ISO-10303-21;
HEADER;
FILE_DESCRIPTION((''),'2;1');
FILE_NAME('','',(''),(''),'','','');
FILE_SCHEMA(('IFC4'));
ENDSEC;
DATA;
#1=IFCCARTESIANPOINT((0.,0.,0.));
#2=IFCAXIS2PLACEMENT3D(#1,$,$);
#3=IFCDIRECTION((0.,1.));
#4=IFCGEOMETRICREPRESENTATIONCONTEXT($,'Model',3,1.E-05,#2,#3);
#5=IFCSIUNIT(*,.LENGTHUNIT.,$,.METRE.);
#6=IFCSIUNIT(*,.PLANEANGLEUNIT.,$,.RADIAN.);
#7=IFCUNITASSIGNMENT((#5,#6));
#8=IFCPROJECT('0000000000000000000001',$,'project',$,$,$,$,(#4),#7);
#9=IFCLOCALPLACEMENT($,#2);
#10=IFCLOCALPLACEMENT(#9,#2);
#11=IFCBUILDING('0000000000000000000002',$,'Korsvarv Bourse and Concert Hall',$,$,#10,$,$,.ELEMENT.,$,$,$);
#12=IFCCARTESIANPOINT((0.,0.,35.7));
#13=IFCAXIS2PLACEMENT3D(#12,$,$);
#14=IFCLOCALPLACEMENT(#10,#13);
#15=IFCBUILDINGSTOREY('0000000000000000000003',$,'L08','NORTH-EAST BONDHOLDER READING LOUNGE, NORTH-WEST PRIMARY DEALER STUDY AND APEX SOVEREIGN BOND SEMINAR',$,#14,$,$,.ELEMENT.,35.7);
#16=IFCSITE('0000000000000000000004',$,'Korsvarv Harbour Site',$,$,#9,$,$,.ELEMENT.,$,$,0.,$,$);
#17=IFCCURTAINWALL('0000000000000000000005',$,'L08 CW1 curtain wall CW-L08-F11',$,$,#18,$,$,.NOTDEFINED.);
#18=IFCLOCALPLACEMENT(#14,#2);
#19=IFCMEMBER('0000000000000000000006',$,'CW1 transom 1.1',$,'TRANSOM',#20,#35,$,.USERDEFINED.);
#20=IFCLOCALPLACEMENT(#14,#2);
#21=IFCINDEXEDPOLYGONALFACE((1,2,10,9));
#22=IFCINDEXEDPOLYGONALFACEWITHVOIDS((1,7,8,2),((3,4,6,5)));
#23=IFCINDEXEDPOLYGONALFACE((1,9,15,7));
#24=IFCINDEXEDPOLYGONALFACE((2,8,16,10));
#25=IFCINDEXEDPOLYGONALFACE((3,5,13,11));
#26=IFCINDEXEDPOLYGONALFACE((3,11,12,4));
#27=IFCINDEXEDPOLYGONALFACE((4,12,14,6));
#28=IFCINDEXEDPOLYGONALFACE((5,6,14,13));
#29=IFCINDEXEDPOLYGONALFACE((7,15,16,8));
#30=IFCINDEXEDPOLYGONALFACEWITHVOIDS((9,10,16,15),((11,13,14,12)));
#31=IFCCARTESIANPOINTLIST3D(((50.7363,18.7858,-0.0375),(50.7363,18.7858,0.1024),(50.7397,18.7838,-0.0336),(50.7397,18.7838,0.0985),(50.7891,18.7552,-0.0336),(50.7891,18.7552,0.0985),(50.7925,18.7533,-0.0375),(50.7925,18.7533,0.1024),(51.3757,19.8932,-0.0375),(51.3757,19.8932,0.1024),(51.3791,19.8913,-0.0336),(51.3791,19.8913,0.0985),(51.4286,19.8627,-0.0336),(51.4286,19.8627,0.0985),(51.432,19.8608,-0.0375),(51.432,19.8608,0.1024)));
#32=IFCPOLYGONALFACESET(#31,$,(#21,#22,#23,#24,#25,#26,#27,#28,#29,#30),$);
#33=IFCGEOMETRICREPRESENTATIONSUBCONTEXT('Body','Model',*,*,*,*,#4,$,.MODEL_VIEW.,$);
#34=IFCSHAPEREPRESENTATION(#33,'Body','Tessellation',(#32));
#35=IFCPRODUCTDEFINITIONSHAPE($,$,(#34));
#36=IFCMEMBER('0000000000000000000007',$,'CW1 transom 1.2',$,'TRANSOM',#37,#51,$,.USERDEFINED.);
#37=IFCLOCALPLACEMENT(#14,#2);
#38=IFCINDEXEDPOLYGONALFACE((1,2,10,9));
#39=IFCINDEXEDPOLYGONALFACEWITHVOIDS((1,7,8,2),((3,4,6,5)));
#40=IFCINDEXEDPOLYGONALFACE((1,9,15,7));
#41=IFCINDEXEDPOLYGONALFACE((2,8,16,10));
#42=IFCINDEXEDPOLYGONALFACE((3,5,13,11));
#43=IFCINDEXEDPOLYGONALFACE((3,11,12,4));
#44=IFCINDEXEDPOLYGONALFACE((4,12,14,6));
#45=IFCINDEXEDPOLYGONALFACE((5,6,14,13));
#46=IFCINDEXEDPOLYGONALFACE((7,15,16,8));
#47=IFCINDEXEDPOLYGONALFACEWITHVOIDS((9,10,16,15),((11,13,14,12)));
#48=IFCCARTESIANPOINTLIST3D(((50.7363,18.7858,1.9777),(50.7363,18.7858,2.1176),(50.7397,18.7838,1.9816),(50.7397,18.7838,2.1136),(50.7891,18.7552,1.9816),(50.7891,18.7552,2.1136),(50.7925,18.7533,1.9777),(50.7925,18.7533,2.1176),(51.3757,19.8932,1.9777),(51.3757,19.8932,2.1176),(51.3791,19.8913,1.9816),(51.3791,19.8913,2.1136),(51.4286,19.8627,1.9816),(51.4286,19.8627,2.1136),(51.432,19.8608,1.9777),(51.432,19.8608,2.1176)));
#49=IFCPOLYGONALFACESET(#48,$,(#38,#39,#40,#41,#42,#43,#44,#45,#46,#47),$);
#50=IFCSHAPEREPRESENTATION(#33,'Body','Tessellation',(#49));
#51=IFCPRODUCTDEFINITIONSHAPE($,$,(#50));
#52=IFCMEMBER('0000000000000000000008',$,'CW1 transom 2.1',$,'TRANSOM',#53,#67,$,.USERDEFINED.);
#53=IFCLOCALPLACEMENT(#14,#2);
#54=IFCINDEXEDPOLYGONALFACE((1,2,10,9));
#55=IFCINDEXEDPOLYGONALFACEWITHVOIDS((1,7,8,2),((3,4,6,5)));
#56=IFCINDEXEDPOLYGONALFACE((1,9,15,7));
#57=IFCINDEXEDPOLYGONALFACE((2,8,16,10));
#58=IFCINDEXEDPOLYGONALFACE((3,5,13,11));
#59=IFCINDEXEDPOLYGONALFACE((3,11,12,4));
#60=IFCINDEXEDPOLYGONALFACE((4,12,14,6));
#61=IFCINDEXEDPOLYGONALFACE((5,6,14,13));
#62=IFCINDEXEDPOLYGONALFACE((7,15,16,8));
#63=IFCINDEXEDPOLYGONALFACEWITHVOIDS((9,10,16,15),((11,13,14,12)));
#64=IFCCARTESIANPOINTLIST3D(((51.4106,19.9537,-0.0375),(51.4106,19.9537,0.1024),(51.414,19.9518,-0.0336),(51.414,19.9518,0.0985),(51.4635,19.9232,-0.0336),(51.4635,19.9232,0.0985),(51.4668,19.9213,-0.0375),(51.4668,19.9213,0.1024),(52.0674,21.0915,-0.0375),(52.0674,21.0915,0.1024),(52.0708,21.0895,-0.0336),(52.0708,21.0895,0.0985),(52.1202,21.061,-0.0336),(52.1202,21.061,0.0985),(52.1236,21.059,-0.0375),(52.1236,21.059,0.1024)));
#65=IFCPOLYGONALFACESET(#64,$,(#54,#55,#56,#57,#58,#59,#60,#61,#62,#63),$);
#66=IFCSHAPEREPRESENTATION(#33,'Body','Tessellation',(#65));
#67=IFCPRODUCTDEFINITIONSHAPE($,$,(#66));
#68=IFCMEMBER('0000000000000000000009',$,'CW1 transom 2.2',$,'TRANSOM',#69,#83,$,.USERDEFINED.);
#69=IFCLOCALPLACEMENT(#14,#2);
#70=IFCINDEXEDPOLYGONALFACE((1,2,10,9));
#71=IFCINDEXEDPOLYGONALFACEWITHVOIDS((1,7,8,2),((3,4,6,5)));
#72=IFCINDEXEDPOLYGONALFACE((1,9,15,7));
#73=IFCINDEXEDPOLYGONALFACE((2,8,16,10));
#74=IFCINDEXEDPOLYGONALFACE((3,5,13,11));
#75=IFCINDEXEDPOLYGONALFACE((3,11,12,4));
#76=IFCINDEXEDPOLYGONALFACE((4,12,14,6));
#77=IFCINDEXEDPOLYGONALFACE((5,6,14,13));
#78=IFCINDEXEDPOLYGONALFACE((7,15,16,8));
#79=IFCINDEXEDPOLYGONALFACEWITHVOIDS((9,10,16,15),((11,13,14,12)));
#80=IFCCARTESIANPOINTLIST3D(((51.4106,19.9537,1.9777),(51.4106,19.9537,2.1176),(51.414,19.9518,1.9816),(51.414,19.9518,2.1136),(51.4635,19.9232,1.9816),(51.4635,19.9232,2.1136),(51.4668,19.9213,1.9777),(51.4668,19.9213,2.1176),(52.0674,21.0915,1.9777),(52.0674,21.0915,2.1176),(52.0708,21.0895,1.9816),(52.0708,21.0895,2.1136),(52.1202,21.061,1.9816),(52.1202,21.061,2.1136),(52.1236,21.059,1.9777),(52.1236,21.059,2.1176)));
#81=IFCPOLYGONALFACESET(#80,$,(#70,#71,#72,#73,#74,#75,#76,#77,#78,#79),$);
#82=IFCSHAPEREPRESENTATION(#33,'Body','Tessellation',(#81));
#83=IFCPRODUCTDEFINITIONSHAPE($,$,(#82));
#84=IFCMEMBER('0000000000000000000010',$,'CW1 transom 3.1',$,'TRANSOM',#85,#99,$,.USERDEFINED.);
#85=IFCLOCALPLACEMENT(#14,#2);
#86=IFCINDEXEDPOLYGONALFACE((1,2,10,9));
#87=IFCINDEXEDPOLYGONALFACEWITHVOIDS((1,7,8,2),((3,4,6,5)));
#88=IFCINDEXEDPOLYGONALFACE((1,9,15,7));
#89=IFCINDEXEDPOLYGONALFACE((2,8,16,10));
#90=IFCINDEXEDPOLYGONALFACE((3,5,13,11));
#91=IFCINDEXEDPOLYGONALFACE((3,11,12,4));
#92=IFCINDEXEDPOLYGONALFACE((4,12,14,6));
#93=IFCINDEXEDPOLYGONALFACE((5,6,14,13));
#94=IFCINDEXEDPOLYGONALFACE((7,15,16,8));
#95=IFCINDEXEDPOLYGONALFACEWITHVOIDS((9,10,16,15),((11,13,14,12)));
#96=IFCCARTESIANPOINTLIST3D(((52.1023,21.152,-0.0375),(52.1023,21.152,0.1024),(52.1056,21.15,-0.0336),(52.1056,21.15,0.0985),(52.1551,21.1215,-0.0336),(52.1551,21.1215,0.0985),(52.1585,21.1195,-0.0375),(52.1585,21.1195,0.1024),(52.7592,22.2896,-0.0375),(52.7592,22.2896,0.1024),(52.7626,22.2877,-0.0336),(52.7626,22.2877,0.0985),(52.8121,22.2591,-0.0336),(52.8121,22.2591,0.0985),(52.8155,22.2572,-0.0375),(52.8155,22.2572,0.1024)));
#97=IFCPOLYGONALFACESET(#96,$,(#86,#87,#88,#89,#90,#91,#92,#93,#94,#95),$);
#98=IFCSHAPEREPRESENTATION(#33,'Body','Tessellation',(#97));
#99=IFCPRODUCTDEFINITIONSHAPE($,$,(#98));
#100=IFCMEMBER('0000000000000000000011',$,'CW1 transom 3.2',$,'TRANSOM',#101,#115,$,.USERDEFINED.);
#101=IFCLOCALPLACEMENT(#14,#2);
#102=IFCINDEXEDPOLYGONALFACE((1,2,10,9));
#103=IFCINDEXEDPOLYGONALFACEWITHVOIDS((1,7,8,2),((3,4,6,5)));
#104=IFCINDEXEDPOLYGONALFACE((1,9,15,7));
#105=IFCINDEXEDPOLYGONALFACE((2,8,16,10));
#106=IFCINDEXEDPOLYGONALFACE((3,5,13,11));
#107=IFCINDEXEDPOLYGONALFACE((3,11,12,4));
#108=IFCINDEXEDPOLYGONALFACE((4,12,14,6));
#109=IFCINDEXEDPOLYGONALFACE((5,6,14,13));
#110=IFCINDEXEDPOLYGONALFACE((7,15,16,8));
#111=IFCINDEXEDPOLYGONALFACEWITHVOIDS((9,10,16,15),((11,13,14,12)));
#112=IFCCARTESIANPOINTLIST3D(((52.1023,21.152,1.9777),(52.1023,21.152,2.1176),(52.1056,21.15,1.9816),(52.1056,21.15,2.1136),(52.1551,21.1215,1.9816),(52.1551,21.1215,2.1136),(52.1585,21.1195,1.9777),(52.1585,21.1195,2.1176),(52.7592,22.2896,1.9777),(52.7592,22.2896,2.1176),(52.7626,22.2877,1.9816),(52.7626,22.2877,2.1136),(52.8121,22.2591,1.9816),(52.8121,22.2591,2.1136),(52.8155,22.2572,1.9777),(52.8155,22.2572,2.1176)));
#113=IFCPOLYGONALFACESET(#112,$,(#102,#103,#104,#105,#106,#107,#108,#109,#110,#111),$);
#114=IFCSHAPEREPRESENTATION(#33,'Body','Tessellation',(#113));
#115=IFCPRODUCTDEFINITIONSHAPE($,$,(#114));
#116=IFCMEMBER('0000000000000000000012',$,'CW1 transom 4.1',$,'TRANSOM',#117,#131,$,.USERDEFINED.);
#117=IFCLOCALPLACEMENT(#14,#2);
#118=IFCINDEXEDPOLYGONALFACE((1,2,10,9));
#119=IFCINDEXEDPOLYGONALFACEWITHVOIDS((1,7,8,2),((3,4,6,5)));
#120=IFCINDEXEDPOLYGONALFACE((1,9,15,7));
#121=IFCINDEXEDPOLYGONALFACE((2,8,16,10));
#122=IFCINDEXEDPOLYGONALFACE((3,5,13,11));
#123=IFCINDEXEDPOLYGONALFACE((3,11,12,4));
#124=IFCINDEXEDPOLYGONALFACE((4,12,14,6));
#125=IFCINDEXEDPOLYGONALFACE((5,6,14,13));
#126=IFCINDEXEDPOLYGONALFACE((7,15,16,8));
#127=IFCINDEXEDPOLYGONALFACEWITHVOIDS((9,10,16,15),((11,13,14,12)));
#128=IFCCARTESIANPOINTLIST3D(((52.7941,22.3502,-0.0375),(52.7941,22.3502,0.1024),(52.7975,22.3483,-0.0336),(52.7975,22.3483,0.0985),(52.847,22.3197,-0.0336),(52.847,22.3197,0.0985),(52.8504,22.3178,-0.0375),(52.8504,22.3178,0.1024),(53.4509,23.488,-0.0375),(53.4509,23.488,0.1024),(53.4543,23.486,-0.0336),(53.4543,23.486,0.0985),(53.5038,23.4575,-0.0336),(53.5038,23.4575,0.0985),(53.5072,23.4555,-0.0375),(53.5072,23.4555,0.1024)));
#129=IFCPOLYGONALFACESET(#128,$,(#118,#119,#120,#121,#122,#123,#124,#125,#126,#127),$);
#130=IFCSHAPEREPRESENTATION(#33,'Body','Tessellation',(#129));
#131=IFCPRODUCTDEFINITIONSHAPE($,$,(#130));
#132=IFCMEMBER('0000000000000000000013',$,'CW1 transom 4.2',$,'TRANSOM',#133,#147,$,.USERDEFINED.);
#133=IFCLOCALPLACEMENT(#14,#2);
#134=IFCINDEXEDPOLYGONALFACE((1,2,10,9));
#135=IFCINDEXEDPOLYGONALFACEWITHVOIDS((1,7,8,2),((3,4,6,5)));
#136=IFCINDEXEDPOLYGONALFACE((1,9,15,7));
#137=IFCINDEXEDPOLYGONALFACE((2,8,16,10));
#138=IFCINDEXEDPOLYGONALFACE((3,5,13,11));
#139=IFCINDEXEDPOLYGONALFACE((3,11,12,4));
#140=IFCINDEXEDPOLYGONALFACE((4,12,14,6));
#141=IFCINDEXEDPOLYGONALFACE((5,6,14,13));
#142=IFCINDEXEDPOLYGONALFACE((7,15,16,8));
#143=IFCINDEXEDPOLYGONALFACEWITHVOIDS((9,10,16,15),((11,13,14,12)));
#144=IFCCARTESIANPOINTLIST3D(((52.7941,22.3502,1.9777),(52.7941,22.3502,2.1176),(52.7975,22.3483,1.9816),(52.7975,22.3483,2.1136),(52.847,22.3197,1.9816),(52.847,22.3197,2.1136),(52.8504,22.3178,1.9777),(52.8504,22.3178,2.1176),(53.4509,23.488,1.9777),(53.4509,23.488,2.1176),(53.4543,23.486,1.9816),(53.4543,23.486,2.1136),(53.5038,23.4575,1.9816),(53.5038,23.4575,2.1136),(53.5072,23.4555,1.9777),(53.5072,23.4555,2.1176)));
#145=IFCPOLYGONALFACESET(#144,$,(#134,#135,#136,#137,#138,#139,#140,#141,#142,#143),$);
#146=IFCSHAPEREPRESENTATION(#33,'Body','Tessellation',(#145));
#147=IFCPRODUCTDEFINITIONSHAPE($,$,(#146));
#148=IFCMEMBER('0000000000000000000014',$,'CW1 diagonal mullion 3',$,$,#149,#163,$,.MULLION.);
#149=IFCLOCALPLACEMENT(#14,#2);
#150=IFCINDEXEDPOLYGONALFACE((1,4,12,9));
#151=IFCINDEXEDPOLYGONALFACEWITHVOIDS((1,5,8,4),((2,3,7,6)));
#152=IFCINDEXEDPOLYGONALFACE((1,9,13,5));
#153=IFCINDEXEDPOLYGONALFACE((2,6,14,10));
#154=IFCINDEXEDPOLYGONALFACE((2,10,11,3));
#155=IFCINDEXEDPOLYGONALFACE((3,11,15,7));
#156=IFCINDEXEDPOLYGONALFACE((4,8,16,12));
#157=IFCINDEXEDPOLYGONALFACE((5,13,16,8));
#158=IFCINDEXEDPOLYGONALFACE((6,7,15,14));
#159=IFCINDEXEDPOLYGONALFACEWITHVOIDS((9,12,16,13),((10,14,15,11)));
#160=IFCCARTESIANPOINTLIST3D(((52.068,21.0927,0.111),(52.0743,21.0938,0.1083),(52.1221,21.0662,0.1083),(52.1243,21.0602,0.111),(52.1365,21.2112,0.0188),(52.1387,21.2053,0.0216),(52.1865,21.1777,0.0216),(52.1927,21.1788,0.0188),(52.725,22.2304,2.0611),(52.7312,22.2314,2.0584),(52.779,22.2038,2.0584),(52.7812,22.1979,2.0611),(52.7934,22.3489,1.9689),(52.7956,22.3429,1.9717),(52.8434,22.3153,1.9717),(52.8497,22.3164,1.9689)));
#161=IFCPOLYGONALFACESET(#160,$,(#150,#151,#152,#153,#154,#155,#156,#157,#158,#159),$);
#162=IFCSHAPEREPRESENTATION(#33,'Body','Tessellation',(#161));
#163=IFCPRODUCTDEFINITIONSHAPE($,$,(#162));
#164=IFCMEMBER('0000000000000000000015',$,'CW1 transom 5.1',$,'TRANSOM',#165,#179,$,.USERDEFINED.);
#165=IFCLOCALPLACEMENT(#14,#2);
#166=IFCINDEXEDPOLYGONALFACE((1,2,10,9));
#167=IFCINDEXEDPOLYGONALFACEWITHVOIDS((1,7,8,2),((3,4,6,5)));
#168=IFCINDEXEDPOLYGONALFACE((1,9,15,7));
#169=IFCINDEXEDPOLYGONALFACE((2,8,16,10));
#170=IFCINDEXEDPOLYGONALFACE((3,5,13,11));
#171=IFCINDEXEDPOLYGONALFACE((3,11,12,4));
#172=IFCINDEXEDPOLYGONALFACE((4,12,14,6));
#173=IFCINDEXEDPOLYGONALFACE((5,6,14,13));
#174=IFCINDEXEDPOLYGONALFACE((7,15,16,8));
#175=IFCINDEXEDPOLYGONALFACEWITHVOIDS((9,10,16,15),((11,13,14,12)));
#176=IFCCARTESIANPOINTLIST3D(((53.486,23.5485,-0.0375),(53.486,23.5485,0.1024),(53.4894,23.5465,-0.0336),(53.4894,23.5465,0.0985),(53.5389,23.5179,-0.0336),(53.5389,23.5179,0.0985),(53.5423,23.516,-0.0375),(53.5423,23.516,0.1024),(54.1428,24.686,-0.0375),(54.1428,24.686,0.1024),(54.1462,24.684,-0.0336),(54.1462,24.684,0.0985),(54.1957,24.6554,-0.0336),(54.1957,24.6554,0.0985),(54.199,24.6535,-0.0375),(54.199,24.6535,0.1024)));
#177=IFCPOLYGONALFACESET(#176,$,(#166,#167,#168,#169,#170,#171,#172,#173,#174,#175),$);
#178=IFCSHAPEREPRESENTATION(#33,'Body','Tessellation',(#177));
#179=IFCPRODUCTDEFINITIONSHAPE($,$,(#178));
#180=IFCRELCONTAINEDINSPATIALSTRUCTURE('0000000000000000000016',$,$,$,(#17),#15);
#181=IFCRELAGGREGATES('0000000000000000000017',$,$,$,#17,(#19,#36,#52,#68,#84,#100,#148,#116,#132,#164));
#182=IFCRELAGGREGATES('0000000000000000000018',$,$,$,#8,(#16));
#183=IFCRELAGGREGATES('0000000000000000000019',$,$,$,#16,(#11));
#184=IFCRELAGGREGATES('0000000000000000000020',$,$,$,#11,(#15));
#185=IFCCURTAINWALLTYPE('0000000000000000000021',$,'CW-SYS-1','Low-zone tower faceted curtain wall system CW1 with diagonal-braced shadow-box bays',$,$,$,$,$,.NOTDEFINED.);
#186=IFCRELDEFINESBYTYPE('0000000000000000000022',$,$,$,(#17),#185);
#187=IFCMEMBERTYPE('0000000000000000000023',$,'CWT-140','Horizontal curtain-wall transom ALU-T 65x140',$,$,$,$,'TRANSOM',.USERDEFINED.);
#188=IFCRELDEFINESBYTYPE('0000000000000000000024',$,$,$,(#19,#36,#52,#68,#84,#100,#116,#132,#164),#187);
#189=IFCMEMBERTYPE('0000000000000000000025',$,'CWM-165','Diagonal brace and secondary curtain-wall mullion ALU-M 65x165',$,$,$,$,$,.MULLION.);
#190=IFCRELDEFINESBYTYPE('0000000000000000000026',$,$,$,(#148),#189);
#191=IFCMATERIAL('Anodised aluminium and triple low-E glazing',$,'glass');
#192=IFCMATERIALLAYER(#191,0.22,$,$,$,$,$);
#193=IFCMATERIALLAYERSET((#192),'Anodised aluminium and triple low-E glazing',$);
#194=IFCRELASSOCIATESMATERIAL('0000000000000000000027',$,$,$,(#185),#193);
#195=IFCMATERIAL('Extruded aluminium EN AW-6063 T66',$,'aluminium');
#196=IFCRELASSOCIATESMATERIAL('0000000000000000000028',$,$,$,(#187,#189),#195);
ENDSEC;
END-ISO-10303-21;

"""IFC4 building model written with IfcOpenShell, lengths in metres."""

from ifc_helpers import new_model, si_unit, direction, frame, origin, origin_2d, place, context, subcontext, project, spatial, hollow_rectangle, extrude, source, transform, mapped, material, layer, layer_set, material_profile, profile_set, type_object, element, aggregate, save


model = new_model("IFC4")

# Units and contexts
model_context = context("Model", 3, precision=1e-05, world=origin(), true_north=direction((0.0, 1.0)))
body_context = subcontext(model_context, "Body", "Model", "MODEL_VIEW")
ifc_project = project(units=[si_unit("LENGTHUNIT", "METRE"), si_unit("PLANEANGLEUNIT", "RADIAN")], contexts=[model_context])

# Site, building, storey
site_placement = place(None, origin())
site = spatial("IfcSite", under=ifc_project, at=site_placement, Name="Korsvarv Harbour Site", CompositionType="ELEMENT", RefElevation=0.0)
building_placement = place(site_placement, origin())
building = spatial("IfcBuilding", under=site, at=building_placement, Name="Korsvarv Bourse and Concert Hall", CompositionType="ELEMENT")
storey_placement = place(building_placement, frame((0.0, 0.0, 35.7)))
storey = spatial("IfcBuildingStorey", under=building, at=storey_placement, Name="L08", Description="NORTH-EAST BONDHOLDER READING LOUNGE, NORTH-WEST PRIMARY DEALER STUDY AND APEX SOVEREIGN BOND SEMINAR", CompositionType="ELEMENT", Elevation=35.7)

# Curtain wall, members
ifc_material_1 = material(Name="Anodised aluminium and triple low-E glazing", Category="glass")
ifc_layer_1 = layer(ifc_material_1, 0.22)
ifc_layer_set_1 = layer_set([ifc_layer_1], Name="Anodised aluminium and triple low-E glazing")
curtain_wall_type = type_object("IfcCurtainWallType", Name="CW-SYS-1", Description="Low-zone tower faceted curtain wall system CW1 with diagonal-braced shadow-box bays", PredefinedType="NOTDEFINED", material=ifc_layer_set_1)
curtain_wall_placement = place(storey_placement, origin())
curtain_wall = element("IfcCurtainWall", 1, at=curtain_wall_placement, inside=storey, type_object=curtain_wall_type, Name="L08 CW1 curtain wall CW-L08-F11", PredefinedType="NOTDEFINED")
ifc_material_2 = material(Name="Extruded aluminium EN AW-6063 T66", Category="aluminium")
ifc_material_profile_1 = material_profile(ifc_material_2, hollow_rectangle(XDim=0.0649, YDim=0.1399, WallThickness=0.0039, at=origin_2d()), Name="ALU-T 65x140")
ifc_profile_set_1 = profile_set([ifc_material_profile_1], Name="Extruded aluminium EN AW-6063 T66")
member_type_1 = type_object("IfcMemberType", Name="CWT-140", Description="Horizontal curtain-wall transom ALU-T 65x140", ElementType="TRANSOM", PredefinedType="USERDEFINED", material=ifc_profile_set_1)
shared_shape_1 = source(origin(), body_context, "Body", "SweptSolid", [
    extrude(hollow_rectangle(XDim=0.0649, YDim=0.1399, WallThickness=0.0039, at=origin_2d()), origin(), (0.0, 0.0, 1.0), 1.2788),
])
member_1_placement = place(storey_placement, frame((50.7644, 18.7695, 0.0325), z_axis=(0.50002, 0.866014, 0.0), x_axis=(-0.866014, 0.50002, 0.0)))
member_1 = element("IfcMember", 2, at=member_1_placement, type_object=member_type_1, Name="CW1 transom 1.1", ObjectType="TRANSOM", PredefinedType="USERDEFINED", context=body_context, shape_type="MappedRepresentation", body=[
    mapped(shared_shape_1, transform((0.0, 0.0, 0.0), scale=1.0)),
])
member_2_placement = place(storey_placement, frame((50.7644, 18.7695, 2.0476), z_axis=(0.50002, 0.866014, 0.0), x_axis=(-0.866014, 0.50002, 0.0)))
member_2 = element("IfcMember", 3, at=member_2_placement, type_object=member_type_1, Name="CW1 transom 1.2", ObjectType="TRANSOM", PredefinedType="USERDEFINED", context=body_context, shape_type="MappedRepresentation", body=[
    mapped(shared_shape_1, transform((0.0, 0.0, 0.0), scale=1.0)),
])
shared_shape_2 = source(origin(), body_context, "Body", "SweptSolid", [
    extrude(hollow_rectangle(XDim=0.0649, YDim=0.1399, WallThickness=0.0039, at=origin_2d()), origin(), (0.0, 0.0, 1.0), 1.3137),
])
member_3_placement = place(storey_placement, frame((51.4387, 19.9375, 0.0325), z_axis=(0.499937, 0.866062, 0.0), x_axis=(-0.866062, 0.499937, 0.0)))
member_3 = element("IfcMember", 4, at=member_3_placement, type_object=member_type_1, Name="CW1 transom 2.1", ObjectType="TRANSOM", PredefinedType="USERDEFINED", context=body_context, shape_type="MappedRepresentation", body=[
    mapped(shared_shape_2, transform((0.0, 0.0, 0.0), scale=1.0)),
])
member_4_placement = place(storey_placement, frame((51.4387, 19.9375, 2.0476), z_axis=(0.499937, 0.866062, 0.0), x_axis=(-0.866062, 0.499937, 0.0)))
member_4 = element("IfcMember", 5, at=member_4_placement, type_object=member_type_1, Name="CW1 transom 2.2", ObjectType="TRANSOM", PredefinedType="USERDEFINED", context=body_context, shape_type="MappedRepresentation", body=[
    mapped(shared_shape_2, transform((0.0, 0.0, 0.0), scale=1.0)),
])
member_5_placement = place(storey_placement, frame((52.1304, 21.1357, 0.0325), z_axis=(0.500076, 0.865981, 0.0), x_axis=(-0.865981, 0.500076, 0.0)))
member_5 = element("IfcMember", 6, at=member_5_placement, type_object=member_type_1, Name="CW1 transom 3.1", ObjectType="TRANSOM", PredefinedType="USERDEFINED", context=body_context, shape_type="MappedRepresentation", body=[
    mapped(shared_shape_2, transform((0.0, 0.0, 0.0), scale=1.0)),
])
member_6_placement = place(storey_placement, frame((52.1304, 21.1357, 2.0476), z_axis=(0.500076, 0.865981, 0.0), x_axis=(-0.865981, 0.500076, 0.0)))
member_6 = element("IfcMember", 7, at=member_6_placement, type_object=member_type_1, Name="CW1 transom 3.2", ObjectType="TRANSOM", PredefinedType="USERDEFINED", context=body_context, shape_type="MappedRepresentation", body=[
    mapped(shared_shape_2, transform((0.0, 0.0, 0.0), scale=1.0)),
])
member_7_placement = place(storey_placement, frame((52.8223, 22.334, 0.0325), z_axis=(0.499937, 0.866062, 0.0), x_axis=(-0.866062, 0.499937, 0.0)))
member_7 = element("IfcMember", 8, at=member_7_placement, type_object=member_type_1, Name="CW1 transom 4.1", ObjectType="TRANSOM", PredefinedType="USERDEFINED", context=body_context, shape_type="MappedRepresentation", body=[
    mapped(shared_shape_2, transform((0.0, 0.0, 0.0), scale=1.0)),
])
member_8_placement = place(storey_placement, frame((52.8223, 22.334, 2.0476), z_axis=(0.499937, 0.866062, 0.0), x_axis=(-0.866062, 0.499937, 0.0)))
member_8 = element("IfcMember", 9, at=member_8_placement, type_object=member_type_1, Name="CW1 transom 4.2", ObjectType="TRANSOM", PredefinedType="USERDEFINED", context=body_context, shape_type="MappedRepresentation", body=[
    mapped(shared_shape_2, transform((0.0, 0.0, 0.0), scale=1.0)),
])
ifc_material_profile_2 = material_profile(ifc_material_2, hollow_rectangle(XDim=0.0649, YDim=0.165, WallThickness=0.0049, at=origin_2d()), Name="ALU-M 65x165")
ifc_profile_set_2 = profile_set([ifc_material_profile_2], Name="Extruded aluminium EN AW-6063 T66")
member_type_2 = type_object("IfcMemberType", Name="CWM-165", Description="Diagonal brace and secondary curtain-wall mullion ALU-M 65x165", PredefinedType="MULLION", material=ifc_profile_set_2)
shared_shape_3 = source(origin(), body_context, "Body", "SweptSolid", [
    extrude(hollow_rectangle(XDim=0.0649, YDim=0.165, WallThickness=0.0049, at=origin_2d()), origin(), (0.0, 0.0, 1.0), 2.3513),
])
member_9_placement = place(storey_placement, frame((52.1304, 21.1357, 0.0649), z_axis=(0.279397, 0.483831, 0.829365), x_axis=(-0.865981, 0.500076, 0.0)))
member_9 = element("IfcMember", 10, at=member_9_placement, type_object=member_type_2, Name="CW1 diagonal mullion 3", PredefinedType="MULLION", context=body_context, shape_type="MappedRepresentation", body=[
    mapped(shared_shape_3, transform((0.0, 0.0, 0.0), scale=1.0)),
])
shared_shape_4 = source(origin(), body_context, "Body", "SweptSolid", [
    extrude(hollow_rectangle(XDim=0.0649, YDim=0.1399, WallThickness=0.0039, at=origin_2d()), origin(), (0.0, 0.0, 1.0), 1.3135),
])
member_10_placement = place(storey_placement, frame((53.5142, 23.5322, 0.0325), z_axis=(0.500017, 0.866015, 0.0), x_axis=(-0.866015, 0.500017, 0.0)))
member_10 = element("IfcMember", 11, at=member_10_placement, type_object=member_type_1, Name="CW1 transom 5.1", ObjectType="TRANSOM", PredefinedType="USERDEFINED", context=body_context, shape_type="MappedRepresentation", body=[
    mapped(shared_shape_4, transform((0.0, 0.0, 0.0), scale=1.0)),
])
aggregate(curtain_wall, [member_1, member_2, member_3, member_4, member_5, member_6, member_9, member_7, member_8, member_10])

save(model, "model.ifc")
